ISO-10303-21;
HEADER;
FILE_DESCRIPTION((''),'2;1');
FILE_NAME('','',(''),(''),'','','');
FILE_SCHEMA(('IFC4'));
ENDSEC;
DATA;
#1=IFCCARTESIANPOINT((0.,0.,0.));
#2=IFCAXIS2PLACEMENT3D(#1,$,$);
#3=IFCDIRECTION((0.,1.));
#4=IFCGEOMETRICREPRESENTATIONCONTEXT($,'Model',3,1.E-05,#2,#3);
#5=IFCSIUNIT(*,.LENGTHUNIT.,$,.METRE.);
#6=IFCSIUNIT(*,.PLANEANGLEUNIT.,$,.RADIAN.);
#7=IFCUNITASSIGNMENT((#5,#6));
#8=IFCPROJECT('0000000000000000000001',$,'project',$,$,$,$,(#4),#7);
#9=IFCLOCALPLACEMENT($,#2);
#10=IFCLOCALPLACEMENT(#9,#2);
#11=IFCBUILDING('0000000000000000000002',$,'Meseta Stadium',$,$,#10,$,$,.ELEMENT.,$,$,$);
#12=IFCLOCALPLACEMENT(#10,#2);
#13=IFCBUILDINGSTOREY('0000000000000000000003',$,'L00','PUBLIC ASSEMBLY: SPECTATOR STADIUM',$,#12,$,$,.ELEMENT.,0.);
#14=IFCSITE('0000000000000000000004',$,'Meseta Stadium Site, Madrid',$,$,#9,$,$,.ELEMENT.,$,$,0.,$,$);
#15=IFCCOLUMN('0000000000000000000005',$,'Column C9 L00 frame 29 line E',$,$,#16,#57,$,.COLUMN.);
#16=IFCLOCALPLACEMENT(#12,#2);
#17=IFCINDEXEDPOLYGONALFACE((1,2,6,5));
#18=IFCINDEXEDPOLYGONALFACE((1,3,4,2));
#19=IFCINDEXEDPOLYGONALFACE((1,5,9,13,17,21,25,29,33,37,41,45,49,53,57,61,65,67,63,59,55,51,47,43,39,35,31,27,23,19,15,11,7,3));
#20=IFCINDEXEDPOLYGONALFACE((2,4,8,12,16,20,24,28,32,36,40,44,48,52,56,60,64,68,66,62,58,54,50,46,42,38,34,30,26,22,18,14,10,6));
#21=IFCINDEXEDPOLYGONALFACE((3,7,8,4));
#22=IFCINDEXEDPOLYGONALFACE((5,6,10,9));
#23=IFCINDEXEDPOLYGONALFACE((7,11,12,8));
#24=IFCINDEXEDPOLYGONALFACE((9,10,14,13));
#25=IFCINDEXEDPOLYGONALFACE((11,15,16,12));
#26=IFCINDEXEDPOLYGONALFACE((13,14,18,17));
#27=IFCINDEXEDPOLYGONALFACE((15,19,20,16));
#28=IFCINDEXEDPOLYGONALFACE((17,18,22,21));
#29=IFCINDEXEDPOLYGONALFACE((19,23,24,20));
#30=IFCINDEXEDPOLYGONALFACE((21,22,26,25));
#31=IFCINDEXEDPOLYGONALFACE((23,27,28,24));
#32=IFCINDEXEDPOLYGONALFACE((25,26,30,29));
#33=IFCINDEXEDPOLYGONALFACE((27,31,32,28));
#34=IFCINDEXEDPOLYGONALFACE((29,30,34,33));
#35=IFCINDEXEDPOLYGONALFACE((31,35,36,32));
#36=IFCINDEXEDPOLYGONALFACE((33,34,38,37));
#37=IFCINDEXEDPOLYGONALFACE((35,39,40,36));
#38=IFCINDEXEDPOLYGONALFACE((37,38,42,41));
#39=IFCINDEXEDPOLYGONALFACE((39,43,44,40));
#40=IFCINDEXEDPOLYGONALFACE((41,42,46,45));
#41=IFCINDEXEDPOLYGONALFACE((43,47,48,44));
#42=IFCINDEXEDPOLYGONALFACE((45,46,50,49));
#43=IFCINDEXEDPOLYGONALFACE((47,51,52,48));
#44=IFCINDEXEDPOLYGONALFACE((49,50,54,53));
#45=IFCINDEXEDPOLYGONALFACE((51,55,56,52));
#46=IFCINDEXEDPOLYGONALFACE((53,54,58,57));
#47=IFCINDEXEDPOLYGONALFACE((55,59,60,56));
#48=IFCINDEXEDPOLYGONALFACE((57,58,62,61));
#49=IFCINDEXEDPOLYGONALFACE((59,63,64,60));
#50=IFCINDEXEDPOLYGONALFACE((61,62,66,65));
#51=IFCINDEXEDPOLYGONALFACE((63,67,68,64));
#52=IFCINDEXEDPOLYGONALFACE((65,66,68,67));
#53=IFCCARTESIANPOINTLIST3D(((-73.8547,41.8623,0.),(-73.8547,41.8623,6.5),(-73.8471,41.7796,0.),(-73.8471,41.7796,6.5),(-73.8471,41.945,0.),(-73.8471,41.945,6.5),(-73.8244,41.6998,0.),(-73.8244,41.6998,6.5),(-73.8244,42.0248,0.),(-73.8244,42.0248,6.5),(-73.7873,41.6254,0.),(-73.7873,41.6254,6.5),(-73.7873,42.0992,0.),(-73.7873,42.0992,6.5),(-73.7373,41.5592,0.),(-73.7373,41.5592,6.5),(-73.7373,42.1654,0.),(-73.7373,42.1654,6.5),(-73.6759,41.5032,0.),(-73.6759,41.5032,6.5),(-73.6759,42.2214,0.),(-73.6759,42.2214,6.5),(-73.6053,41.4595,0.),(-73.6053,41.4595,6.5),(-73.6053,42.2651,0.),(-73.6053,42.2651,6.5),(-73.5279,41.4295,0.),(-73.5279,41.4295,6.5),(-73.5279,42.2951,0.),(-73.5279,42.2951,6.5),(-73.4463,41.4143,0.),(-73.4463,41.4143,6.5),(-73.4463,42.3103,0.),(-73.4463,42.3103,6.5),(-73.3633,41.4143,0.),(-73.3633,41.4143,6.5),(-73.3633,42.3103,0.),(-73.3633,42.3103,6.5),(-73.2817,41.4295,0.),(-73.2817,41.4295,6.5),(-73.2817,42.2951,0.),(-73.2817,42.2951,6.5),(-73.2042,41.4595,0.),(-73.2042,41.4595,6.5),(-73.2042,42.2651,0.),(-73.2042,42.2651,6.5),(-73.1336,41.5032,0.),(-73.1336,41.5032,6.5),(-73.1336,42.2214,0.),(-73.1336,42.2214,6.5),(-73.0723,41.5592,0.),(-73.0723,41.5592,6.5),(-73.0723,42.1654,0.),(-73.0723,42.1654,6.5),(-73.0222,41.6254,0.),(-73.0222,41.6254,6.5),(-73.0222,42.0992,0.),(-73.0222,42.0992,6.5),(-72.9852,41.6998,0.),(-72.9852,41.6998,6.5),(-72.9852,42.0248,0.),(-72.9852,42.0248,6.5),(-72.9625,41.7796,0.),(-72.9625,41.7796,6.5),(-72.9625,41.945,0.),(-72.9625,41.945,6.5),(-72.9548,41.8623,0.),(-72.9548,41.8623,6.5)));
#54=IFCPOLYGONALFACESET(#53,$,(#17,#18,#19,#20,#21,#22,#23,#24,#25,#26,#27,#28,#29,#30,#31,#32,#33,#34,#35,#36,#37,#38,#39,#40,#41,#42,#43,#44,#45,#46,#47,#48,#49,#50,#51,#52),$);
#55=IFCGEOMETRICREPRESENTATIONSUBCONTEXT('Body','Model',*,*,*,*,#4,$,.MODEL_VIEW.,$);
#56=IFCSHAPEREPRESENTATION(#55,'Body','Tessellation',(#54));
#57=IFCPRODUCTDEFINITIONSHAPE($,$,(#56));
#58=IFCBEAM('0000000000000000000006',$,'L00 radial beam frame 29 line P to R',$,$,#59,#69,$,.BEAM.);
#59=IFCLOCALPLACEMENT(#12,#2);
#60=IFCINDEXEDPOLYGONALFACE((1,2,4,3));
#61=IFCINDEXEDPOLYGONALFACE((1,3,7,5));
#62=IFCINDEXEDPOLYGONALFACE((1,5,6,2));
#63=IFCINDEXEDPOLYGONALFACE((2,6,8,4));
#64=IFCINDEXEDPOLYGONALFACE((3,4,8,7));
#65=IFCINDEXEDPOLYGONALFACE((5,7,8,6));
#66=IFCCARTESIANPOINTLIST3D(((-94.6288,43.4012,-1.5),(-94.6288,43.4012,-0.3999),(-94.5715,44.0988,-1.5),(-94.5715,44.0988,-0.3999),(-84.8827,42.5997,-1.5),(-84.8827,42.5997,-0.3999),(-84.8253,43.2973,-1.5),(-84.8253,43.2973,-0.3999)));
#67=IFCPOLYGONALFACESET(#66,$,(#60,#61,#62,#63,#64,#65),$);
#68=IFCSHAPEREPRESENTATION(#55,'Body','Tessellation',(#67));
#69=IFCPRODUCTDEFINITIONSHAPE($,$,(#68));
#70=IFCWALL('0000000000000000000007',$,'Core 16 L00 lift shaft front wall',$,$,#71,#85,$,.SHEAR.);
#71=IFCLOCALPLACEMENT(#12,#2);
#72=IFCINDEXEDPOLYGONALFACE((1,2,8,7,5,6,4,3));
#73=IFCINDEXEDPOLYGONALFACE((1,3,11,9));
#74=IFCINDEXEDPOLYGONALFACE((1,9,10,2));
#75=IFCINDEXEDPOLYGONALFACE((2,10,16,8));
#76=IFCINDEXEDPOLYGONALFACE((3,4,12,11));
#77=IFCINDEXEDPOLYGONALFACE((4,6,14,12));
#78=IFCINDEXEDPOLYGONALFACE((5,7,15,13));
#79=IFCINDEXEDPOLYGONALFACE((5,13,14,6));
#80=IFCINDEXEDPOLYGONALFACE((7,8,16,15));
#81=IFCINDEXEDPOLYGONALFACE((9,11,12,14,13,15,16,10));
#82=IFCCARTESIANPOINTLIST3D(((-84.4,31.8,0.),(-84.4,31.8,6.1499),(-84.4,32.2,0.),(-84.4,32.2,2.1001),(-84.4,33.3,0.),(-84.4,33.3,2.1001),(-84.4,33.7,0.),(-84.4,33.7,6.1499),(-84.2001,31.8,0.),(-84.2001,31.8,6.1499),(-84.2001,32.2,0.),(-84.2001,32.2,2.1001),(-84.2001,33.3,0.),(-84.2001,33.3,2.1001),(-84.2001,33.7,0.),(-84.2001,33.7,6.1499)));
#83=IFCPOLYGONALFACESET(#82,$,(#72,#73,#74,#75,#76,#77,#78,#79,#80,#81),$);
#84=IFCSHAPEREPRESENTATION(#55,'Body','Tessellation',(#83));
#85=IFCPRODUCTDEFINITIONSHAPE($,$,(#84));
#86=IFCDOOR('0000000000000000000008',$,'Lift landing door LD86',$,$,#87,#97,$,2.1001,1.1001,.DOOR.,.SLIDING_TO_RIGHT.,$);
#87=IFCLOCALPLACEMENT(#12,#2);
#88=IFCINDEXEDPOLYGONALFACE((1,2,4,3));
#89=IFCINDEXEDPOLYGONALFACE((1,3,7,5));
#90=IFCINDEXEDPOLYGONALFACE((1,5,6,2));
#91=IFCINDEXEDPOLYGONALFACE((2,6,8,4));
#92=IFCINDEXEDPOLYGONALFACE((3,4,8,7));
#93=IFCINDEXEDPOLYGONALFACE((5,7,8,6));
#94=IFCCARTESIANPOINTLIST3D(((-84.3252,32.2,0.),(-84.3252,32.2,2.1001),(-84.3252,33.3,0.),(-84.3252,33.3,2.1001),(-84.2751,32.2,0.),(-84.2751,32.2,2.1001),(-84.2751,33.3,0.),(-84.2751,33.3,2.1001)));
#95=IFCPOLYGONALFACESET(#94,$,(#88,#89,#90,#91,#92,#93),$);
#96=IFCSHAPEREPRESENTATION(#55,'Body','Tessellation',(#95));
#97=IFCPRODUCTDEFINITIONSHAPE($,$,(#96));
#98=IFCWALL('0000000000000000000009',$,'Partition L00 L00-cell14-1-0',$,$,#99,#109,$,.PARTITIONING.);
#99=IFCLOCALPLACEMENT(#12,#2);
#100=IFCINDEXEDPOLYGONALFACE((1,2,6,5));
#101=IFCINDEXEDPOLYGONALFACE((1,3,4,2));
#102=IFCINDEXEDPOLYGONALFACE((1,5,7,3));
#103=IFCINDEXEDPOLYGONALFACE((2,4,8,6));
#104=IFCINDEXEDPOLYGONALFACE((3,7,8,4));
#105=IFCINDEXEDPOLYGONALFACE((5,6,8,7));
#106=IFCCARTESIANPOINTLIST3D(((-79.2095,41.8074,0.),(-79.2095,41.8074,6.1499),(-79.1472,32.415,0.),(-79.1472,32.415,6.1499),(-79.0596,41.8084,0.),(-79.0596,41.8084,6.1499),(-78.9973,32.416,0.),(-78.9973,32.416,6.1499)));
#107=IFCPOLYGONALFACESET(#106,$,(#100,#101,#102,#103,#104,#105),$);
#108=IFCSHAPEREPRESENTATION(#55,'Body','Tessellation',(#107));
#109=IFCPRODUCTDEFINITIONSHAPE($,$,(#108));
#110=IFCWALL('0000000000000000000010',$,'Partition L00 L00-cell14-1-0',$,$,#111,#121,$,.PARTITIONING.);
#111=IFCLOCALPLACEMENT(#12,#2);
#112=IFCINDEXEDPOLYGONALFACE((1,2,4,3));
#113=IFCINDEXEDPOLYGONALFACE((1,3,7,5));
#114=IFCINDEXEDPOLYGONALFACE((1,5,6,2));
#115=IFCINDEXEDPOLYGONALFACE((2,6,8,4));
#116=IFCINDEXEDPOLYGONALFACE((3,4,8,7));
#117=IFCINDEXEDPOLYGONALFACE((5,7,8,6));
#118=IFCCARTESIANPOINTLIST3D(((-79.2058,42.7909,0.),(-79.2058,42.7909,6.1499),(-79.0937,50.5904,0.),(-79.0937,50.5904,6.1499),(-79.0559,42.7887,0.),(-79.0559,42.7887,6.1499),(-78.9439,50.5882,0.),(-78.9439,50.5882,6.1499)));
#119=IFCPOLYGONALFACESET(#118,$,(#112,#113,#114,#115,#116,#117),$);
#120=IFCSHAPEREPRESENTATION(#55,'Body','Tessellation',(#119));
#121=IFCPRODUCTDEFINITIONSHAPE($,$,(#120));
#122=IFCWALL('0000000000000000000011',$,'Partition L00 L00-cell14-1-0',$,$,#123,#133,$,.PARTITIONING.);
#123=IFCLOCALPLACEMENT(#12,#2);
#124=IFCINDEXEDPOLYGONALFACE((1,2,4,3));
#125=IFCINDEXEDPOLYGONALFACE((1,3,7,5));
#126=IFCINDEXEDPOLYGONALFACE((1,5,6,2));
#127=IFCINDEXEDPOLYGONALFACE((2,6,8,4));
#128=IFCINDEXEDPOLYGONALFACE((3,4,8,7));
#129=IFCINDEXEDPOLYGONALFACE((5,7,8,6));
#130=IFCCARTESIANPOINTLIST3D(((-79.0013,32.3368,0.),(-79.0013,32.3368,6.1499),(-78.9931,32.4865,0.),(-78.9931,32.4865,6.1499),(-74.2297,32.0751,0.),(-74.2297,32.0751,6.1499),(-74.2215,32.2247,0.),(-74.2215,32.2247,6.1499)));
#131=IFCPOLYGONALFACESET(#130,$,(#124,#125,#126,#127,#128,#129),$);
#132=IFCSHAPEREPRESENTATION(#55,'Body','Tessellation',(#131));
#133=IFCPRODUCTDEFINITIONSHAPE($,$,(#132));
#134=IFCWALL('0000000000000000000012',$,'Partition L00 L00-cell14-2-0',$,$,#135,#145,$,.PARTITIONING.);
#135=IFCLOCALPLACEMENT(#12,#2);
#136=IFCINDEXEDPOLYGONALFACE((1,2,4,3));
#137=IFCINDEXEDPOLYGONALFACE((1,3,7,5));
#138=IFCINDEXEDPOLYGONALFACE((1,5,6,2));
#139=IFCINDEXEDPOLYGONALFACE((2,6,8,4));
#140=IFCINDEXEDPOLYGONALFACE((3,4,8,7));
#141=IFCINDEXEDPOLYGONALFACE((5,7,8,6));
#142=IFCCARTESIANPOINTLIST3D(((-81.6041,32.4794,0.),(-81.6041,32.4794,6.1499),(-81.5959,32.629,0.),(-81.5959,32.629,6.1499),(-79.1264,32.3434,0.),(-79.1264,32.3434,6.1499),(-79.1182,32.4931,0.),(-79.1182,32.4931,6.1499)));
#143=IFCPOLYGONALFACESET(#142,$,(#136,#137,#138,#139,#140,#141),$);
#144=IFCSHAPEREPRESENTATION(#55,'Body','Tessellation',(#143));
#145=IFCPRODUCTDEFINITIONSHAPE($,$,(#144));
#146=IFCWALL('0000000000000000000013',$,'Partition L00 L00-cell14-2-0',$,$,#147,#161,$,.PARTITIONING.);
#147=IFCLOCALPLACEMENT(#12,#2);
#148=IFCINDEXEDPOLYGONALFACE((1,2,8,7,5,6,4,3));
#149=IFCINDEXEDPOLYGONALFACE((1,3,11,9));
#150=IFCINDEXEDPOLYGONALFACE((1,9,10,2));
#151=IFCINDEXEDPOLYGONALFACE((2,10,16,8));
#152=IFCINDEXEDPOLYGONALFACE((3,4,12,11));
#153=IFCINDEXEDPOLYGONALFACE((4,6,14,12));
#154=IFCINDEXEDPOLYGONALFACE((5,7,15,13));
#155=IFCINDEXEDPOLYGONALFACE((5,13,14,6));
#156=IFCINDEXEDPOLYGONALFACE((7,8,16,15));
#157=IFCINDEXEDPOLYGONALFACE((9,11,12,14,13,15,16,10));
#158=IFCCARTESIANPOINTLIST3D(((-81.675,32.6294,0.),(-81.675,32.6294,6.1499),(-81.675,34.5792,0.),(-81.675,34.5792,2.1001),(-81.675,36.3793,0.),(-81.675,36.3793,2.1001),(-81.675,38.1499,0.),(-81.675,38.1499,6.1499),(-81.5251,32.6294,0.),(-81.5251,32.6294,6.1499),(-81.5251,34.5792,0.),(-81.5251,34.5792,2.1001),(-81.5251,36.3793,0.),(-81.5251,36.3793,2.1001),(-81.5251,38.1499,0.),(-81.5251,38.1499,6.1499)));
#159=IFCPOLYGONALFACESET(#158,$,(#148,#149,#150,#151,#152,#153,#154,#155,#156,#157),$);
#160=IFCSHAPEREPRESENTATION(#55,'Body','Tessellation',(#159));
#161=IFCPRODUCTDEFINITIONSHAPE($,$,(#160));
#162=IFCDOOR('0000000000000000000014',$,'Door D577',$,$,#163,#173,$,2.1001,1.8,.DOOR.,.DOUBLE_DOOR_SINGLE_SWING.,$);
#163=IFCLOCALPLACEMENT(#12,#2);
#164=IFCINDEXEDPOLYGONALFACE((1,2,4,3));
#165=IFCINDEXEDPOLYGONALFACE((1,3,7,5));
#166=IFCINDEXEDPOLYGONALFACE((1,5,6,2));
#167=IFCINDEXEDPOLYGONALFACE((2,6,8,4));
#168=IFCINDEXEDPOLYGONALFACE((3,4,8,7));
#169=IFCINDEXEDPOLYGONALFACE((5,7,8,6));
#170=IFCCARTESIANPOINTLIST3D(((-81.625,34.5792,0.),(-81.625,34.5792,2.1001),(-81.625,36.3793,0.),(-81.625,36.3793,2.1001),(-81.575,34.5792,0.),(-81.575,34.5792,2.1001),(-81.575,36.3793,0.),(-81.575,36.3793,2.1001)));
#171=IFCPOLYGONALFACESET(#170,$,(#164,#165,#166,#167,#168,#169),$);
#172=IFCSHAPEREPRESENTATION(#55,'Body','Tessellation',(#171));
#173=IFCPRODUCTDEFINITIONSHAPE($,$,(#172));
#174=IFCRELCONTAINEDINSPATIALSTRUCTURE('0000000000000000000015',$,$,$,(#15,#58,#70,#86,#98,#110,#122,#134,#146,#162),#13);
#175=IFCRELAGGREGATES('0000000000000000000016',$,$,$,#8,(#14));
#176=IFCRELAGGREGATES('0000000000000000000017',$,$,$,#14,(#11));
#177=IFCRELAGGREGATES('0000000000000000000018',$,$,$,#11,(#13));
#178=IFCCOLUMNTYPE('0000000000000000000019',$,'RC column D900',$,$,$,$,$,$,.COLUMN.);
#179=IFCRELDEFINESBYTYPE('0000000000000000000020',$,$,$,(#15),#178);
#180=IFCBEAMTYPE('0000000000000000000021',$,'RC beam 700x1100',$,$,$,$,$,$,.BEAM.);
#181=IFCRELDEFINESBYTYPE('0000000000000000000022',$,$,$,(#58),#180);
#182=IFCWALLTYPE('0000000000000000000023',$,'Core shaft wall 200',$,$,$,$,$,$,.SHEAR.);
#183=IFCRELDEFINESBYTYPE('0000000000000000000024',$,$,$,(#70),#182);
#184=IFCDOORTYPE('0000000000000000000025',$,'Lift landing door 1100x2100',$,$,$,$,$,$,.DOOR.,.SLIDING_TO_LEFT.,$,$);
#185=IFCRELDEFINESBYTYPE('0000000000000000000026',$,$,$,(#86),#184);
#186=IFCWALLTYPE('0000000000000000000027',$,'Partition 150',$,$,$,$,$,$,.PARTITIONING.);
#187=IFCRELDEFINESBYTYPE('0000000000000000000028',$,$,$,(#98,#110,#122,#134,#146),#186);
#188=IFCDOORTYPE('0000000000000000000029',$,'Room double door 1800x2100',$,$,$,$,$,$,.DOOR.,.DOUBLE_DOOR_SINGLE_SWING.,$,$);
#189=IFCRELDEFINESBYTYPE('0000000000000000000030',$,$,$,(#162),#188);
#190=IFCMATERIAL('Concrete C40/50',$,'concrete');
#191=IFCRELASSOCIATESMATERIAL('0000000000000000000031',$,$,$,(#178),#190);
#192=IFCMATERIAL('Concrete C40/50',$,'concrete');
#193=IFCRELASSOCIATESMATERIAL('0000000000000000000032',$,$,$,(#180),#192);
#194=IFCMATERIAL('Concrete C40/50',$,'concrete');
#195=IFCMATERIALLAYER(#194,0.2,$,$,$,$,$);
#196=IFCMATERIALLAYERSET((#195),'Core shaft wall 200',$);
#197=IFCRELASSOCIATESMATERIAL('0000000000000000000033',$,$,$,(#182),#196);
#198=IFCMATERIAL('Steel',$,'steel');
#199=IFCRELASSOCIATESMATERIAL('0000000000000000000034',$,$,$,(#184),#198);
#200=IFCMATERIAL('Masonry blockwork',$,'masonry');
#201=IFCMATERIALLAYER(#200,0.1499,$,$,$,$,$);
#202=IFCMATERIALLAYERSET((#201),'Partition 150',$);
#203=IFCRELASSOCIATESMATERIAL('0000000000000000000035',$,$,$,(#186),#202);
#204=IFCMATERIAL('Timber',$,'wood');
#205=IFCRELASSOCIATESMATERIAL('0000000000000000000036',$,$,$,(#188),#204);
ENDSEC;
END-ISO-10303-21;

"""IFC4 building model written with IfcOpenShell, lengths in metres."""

from ifc_helpers import new_model, si_unit, direction, frame, frame_2d, origin, origin_2d, place, context, subcontext, project, spatial, rectangle, circle, extrude, material, layer, layer_set, material_profile, profile_set, type_object, element, fill, save


model = new_model("IFC4")

# Units and contexts
model_context = context("Model", 3, precision=1e-05, world=origin(), true_north=direction((0.0, 1.0)))
body_context = subcontext(model_context, "Body", "Model", "MODEL_VIEW")
ifc_project = project(units=[si_unit("LENGTHUNIT", "METRE"), si_unit("PLANEANGLEUNIT", "RADIAN")], contexts=[model_context])

# Site, building, storey
site_placement = place(None, origin())
site = spatial("IfcSite", under=ifc_project, at=site_placement, Name="Meseta Stadium Site, Madrid", CompositionType="ELEMENT", RefElevation=0.0)
building_placement = place(site_placement, origin())
building = spatial("IfcBuilding", under=site, at=building_placement, Name="Meseta Stadium", CompositionType="ELEMENT")
storey_placement = place(building_placement, origin())
storey = spatial("IfcBuildingStorey", under=building, at=storey_placement, Name="L00", Description="PUBLIC ASSEMBLY: SPECTATOR STADIUM", CompositionType="ELEMENT", Elevation=0.0)

# Column
ifc_material_1 = material(Name="Concrete C40/50", Category="concrete")
ifc_material_profile_1 = material_profile(ifc_material_1, circle(Radius=0.45, at=origin_2d()), Name="RC D900")
ifc_profile_set_1 = profile_set([ifc_material_profile_1], Name="Concrete C40/50")
column_type = type_object("IfcColumnType", Name="RC column D900", PredefinedType="COLUMN", material=ifc_profile_set_1)
column_placement = place(storey_placement, frame((-73.4048, 41.8623, 0.0), z_axis=(0.0, 0.0, 1.0), x_axis=(1.0, 0.0, 0.0)))
element("IfcColumn", 1, at=column_placement, inside=storey, type_object=column_type, Name="Column C9 L00 frame 29 line E", PredefinedType="COLUMN", context=body_context, shape_type="SweptSolid", body=[
    extrude(circle(Radius=0.45, at=origin_2d()), origin(), (0.0, 0.0, 1.0), 6.5),
])

# Beam
ifc_material_2 = material(Name="Concrete C40/50", Category="concrete")
ifc_material_profile_2 = material_profile(ifc_material_2, rectangle(XDim=0.7, YDim=1.1001, at=origin_2d()), Name="RC 700x1100")
ifc_profile_set_2 = profile_set([ifc_material_profile_2], Name="Concrete C40/50")
beam_type = type_object("IfcBeamType", Name="RC beam 700x1100", PredefinedType="BEAM", material=ifc_profile_set_2)
beam_placement = place(storey_placement, frame((-84.854, 42.9485, -0.95), z_axis=(-0.996635, 0.081963, 0.0), x_axis=(-0.081963, -0.996635, 0.0)))
element("IfcBeam", 2, at=beam_placement, inside=storey, type_object=beam_type, Name="L00 radial beam frame 29 line P to R", PredefinedType="BEAM", context=body_context, shape_type="SweptSolid", body=[
    extrude(rectangle(XDim=0.7, YDim=1.1001, at=origin_2d()), origin(), (0.0, 0.0, 1.0), 9.7791),
])

# Wall, opening, door
ifc_material_3 = material(Name="Concrete C40/50", Category="concrete")
ifc_layer_1 = layer(ifc_material_3, 0.2)
ifc_layer_set_1 = layer_set([ifc_layer_1], Name="Core shaft wall 200")
wall_type_1 = type_object("IfcWallType", Name="Core shaft wall 200", PredefinedType="SHEAR", material=ifc_layer_set_1)
wall_1_placement = place(storey_placement, frame((-84.3, 33.7, 0.0), z_axis=(0.0, 0.0, 1.0), x_axis=(0.0, -1.0, 0.0)))
wall_1 = element("IfcWall", 3, at=wall_1_placement, inside=storey, type_object=wall_type_1, Name="Core 16 L00 lift shaft front wall", PredefinedType="SHEAR", context=body_context, shape_type="SweptSolid", body=[
    extrude(rectangle(XDim=1.8999, YDim=0.2, at=frame_2d((0.95, 0.0))), origin(), (0.0, 0.0, 1.0), 6.1499),
])
opening_1_placement = place(wall_1_placement, frame((0.3999, 0.0, 0.0)))
opening_1 = element("IfcOpeningElement", 4, at=opening_1_placement, cuts=wall_1, PredefinedType="OPENING", context=body_context, shape_type="SweptSolid", body=[
    extrude(rectangle(XDim=1.1001, YDim=2.1001, at=frame_2d((0.55, 1.05))), frame((0.0, 0.1099, 0.0), z_axis=(0.0, -1.0, 0.0), x_axis=(1.0, 0.0, 0.0)), (0.0, 0.0, 1.0), 0.22),
])
ifc_material_4 = material(Name="Steel", Category="steel")
door_type_1 = type_object("IfcDoorType", Name="Lift landing door 1100x2100", OperationType="SLIDING_TO_LEFT", PredefinedType="DOOR", material=ifc_material_4)
door_1_placement = place(opening_1_placement, origin())
door_1 = element("IfcDoor", 5, at=door_1_placement, inside=storey, type_object=door_type_1, Name="Lift landing door LD86", OperationType="SLIDING_TO_RIGHT", OverallHeight=2.1001, OverallWidth=1.1001, PredefinedType="DOOR", context=body_context, shape_type="SweptSolid", body=[
    extrude(rectangle(XDim=1.1001, YDim=2.1001, at=frame_2d((0.55, 1.05))), frame((0.0, 0.0249, 0.0), z_axis=(0.0, -1.0, 0.0), x_axis=(1.0, 0.0, 0.0)), (0.0, 0.0, 1.0), 0.05),
])
fill(opening_1, door_1)

# Walls
ifc_material_5 = material(Name="Masonry blockwork", Category="masonry")
ifc_layer_2 = layer(ifc_material_5, 0.1499)
ifc_layer_set_2 = layer_set([ifc_layer_2], Name="Partition 150")
wall_type_2 = type_object("IfcWallType", Name="Partition 150", PredefinedType="PARTITIONING", material=ifc_layer_set_2)
wall_2_placement = place(storey_placement, frame((-79.0723, 32.4155, 0.0), z_axis=(0.0, 0.0, 1.0), x_axis=(-0.006628, 0.999978, 0.0)))
element("IfcWall", 6, at=wall_2_placement, inside=storey, type_object=wall_type_2, Name="Partition L00 L00-cell14-1-0", PredefinedType="PARTITIONING", context=body_context, shape_type="SweptSolid", body=[
    extrude(rectangle(XDim=9.3926, YDim=0.1499, at=frame_2d((4.6963, 0.0))), origin(), (0.0, 0.0, 1.0), 6.1499),
])
wall_3_placement = place(storey_placement, frame((-79.1309, 42.7898, 0.0), z_axis=(0.0, 0.0, 1.0), x_axis=(0.014366, 0.999897, 0.0)))
element("IfcWall", 7, at=wall_3_placement, inside=storey, type_object=wall_type_2, Name="Partition L00 L00-cell14-1-0", PredefinedType="PARTITIONING", context=body_context, shape_type="SweptSolid", body=[
    extrude(rectangle(XDim=7.8003, YDim=0.1499, at=frame_2d((3.9001, 0.0))), origin(), (0.0, 0.0, 1.0), 6.1499),
])
wall_4_placement = place(storey_placement, frame((-74.2256, 32.1499, 0.0), z_axis=(0.0, 0.0, 1.0), x_axis=(-0.998499, 0.054765, 0.0)))
element("IfcWall", 8, at=wall_4_placement, inside=storey, type_object=wall_type_2, Name="Partition L00 L00-cell14-1-0", PredefinedType="PARTITIONING", context=body_context, shape_type="SweptSolid", body=[
    extrude(rectangle(XDim=4.7788, YDim=0.1499, at=frame_2d((2.3894, 0.0))), origin(), (0.0, 0.0, 1.0), 6.1499),
])
wall_5_placement = place(storey_placement, frame((-79.1223, 32.4182, 0.0), z_axis=(0.0, 0.0, 1.0), x_axis=(-0.998497, 0.0548, 0.0)))
element("IfcWall", 9, at=wall_5_placement, inside=storey, type_object=wall_type_2, Name="Partition L00 L00-cell14-2-0", PredefinedType="PARTITIONING", context=body_context, shape_type="SweptSolid", body=[
    extrude(rectangle(XDim=2.4814, YDim=0.1499, at=frame_2d((1.2407, 0.0))), origin(), (0.0, 0.0, 1.0), 6.1499),
])

# Wall, opening, door
wall_6_placement = place(storey_placement, frame((-81.6001, 32.6294, 0.0), z_axis=(0.0, 0.0, 1.0), x_axis=(0.0, 1.0, 0.0)))
wall_6 = element("IfcWall", 10, at=wall_6_placement, inside=storey, type_object=wall_type_2, Name="Partition L00 L00-cell14-2-0", PredefinedType="PARTITIONING", context=body_context, shape_type="SweptSolid", body=[
    extrude(rectangle(XDim=5.5205, YDim=0.1499, at=frame_2d((2.7603, 0.0))), origin(), (0.0, 0.0, 1.0), 6.1499),
])
opening_2_placement = place(wall_6_placement, frame((1.95, 0.0, 0.0)))
opening_2 = element("IfcOpeningElement", 11, at=opening_2_placement, cuts=wall_6, PredefinedType="OPENING", context=body_context, shape_type="SweptSolid", body=[
    extrude(rectangle(XDim=1.8, YDim=2.1001, at=frame_2d((0.8999, 1.05))), frame((0.0, 0.085, 0.0), z_axis=(0.0, -1.0, 0.0), x_axis=(1.0, 0.0, 0.0)), (0.0, 0.0, 1.0), 0.1699),
])
ifc_material_6 = material(Name="Timber", Category="wood")
door_type_2 = type_object("IfcDoorType", Name="Room double door 1800x2100", OperationType="DOUBLE_DOOR_SINGLE_SWING", PredefinedType="DOOR", material=ifc_material_6)
door_2_placement = place(opening_2_placement, origin())
door_2 = element("IfcDoor", 12, at=door_2_placement, inside=storey, type_object=door_type_2, Name="Door D577", OperationType="DOUBLE_DOOR_SINGLE_SWING", OverallHeight=2.1001, OverallWidth=1.8, PredefinedType="DOOR", context=body_context, shape_type="SweptSolid", body=[
    extrude(rectangle(XDim=1.8, YDim=2.1001, at=frame_2d((0.8999, 1.05))), frame((0.0, 0.0249, 0.0), z_axis=(0.0, -1.0, 0.0), x_axis=(1.0, 0.0, 0.0)), (0.0, 0.0, 1.0), 0.05),
])
fill(opening_2, door_2)

save(model, "model.ifc")
